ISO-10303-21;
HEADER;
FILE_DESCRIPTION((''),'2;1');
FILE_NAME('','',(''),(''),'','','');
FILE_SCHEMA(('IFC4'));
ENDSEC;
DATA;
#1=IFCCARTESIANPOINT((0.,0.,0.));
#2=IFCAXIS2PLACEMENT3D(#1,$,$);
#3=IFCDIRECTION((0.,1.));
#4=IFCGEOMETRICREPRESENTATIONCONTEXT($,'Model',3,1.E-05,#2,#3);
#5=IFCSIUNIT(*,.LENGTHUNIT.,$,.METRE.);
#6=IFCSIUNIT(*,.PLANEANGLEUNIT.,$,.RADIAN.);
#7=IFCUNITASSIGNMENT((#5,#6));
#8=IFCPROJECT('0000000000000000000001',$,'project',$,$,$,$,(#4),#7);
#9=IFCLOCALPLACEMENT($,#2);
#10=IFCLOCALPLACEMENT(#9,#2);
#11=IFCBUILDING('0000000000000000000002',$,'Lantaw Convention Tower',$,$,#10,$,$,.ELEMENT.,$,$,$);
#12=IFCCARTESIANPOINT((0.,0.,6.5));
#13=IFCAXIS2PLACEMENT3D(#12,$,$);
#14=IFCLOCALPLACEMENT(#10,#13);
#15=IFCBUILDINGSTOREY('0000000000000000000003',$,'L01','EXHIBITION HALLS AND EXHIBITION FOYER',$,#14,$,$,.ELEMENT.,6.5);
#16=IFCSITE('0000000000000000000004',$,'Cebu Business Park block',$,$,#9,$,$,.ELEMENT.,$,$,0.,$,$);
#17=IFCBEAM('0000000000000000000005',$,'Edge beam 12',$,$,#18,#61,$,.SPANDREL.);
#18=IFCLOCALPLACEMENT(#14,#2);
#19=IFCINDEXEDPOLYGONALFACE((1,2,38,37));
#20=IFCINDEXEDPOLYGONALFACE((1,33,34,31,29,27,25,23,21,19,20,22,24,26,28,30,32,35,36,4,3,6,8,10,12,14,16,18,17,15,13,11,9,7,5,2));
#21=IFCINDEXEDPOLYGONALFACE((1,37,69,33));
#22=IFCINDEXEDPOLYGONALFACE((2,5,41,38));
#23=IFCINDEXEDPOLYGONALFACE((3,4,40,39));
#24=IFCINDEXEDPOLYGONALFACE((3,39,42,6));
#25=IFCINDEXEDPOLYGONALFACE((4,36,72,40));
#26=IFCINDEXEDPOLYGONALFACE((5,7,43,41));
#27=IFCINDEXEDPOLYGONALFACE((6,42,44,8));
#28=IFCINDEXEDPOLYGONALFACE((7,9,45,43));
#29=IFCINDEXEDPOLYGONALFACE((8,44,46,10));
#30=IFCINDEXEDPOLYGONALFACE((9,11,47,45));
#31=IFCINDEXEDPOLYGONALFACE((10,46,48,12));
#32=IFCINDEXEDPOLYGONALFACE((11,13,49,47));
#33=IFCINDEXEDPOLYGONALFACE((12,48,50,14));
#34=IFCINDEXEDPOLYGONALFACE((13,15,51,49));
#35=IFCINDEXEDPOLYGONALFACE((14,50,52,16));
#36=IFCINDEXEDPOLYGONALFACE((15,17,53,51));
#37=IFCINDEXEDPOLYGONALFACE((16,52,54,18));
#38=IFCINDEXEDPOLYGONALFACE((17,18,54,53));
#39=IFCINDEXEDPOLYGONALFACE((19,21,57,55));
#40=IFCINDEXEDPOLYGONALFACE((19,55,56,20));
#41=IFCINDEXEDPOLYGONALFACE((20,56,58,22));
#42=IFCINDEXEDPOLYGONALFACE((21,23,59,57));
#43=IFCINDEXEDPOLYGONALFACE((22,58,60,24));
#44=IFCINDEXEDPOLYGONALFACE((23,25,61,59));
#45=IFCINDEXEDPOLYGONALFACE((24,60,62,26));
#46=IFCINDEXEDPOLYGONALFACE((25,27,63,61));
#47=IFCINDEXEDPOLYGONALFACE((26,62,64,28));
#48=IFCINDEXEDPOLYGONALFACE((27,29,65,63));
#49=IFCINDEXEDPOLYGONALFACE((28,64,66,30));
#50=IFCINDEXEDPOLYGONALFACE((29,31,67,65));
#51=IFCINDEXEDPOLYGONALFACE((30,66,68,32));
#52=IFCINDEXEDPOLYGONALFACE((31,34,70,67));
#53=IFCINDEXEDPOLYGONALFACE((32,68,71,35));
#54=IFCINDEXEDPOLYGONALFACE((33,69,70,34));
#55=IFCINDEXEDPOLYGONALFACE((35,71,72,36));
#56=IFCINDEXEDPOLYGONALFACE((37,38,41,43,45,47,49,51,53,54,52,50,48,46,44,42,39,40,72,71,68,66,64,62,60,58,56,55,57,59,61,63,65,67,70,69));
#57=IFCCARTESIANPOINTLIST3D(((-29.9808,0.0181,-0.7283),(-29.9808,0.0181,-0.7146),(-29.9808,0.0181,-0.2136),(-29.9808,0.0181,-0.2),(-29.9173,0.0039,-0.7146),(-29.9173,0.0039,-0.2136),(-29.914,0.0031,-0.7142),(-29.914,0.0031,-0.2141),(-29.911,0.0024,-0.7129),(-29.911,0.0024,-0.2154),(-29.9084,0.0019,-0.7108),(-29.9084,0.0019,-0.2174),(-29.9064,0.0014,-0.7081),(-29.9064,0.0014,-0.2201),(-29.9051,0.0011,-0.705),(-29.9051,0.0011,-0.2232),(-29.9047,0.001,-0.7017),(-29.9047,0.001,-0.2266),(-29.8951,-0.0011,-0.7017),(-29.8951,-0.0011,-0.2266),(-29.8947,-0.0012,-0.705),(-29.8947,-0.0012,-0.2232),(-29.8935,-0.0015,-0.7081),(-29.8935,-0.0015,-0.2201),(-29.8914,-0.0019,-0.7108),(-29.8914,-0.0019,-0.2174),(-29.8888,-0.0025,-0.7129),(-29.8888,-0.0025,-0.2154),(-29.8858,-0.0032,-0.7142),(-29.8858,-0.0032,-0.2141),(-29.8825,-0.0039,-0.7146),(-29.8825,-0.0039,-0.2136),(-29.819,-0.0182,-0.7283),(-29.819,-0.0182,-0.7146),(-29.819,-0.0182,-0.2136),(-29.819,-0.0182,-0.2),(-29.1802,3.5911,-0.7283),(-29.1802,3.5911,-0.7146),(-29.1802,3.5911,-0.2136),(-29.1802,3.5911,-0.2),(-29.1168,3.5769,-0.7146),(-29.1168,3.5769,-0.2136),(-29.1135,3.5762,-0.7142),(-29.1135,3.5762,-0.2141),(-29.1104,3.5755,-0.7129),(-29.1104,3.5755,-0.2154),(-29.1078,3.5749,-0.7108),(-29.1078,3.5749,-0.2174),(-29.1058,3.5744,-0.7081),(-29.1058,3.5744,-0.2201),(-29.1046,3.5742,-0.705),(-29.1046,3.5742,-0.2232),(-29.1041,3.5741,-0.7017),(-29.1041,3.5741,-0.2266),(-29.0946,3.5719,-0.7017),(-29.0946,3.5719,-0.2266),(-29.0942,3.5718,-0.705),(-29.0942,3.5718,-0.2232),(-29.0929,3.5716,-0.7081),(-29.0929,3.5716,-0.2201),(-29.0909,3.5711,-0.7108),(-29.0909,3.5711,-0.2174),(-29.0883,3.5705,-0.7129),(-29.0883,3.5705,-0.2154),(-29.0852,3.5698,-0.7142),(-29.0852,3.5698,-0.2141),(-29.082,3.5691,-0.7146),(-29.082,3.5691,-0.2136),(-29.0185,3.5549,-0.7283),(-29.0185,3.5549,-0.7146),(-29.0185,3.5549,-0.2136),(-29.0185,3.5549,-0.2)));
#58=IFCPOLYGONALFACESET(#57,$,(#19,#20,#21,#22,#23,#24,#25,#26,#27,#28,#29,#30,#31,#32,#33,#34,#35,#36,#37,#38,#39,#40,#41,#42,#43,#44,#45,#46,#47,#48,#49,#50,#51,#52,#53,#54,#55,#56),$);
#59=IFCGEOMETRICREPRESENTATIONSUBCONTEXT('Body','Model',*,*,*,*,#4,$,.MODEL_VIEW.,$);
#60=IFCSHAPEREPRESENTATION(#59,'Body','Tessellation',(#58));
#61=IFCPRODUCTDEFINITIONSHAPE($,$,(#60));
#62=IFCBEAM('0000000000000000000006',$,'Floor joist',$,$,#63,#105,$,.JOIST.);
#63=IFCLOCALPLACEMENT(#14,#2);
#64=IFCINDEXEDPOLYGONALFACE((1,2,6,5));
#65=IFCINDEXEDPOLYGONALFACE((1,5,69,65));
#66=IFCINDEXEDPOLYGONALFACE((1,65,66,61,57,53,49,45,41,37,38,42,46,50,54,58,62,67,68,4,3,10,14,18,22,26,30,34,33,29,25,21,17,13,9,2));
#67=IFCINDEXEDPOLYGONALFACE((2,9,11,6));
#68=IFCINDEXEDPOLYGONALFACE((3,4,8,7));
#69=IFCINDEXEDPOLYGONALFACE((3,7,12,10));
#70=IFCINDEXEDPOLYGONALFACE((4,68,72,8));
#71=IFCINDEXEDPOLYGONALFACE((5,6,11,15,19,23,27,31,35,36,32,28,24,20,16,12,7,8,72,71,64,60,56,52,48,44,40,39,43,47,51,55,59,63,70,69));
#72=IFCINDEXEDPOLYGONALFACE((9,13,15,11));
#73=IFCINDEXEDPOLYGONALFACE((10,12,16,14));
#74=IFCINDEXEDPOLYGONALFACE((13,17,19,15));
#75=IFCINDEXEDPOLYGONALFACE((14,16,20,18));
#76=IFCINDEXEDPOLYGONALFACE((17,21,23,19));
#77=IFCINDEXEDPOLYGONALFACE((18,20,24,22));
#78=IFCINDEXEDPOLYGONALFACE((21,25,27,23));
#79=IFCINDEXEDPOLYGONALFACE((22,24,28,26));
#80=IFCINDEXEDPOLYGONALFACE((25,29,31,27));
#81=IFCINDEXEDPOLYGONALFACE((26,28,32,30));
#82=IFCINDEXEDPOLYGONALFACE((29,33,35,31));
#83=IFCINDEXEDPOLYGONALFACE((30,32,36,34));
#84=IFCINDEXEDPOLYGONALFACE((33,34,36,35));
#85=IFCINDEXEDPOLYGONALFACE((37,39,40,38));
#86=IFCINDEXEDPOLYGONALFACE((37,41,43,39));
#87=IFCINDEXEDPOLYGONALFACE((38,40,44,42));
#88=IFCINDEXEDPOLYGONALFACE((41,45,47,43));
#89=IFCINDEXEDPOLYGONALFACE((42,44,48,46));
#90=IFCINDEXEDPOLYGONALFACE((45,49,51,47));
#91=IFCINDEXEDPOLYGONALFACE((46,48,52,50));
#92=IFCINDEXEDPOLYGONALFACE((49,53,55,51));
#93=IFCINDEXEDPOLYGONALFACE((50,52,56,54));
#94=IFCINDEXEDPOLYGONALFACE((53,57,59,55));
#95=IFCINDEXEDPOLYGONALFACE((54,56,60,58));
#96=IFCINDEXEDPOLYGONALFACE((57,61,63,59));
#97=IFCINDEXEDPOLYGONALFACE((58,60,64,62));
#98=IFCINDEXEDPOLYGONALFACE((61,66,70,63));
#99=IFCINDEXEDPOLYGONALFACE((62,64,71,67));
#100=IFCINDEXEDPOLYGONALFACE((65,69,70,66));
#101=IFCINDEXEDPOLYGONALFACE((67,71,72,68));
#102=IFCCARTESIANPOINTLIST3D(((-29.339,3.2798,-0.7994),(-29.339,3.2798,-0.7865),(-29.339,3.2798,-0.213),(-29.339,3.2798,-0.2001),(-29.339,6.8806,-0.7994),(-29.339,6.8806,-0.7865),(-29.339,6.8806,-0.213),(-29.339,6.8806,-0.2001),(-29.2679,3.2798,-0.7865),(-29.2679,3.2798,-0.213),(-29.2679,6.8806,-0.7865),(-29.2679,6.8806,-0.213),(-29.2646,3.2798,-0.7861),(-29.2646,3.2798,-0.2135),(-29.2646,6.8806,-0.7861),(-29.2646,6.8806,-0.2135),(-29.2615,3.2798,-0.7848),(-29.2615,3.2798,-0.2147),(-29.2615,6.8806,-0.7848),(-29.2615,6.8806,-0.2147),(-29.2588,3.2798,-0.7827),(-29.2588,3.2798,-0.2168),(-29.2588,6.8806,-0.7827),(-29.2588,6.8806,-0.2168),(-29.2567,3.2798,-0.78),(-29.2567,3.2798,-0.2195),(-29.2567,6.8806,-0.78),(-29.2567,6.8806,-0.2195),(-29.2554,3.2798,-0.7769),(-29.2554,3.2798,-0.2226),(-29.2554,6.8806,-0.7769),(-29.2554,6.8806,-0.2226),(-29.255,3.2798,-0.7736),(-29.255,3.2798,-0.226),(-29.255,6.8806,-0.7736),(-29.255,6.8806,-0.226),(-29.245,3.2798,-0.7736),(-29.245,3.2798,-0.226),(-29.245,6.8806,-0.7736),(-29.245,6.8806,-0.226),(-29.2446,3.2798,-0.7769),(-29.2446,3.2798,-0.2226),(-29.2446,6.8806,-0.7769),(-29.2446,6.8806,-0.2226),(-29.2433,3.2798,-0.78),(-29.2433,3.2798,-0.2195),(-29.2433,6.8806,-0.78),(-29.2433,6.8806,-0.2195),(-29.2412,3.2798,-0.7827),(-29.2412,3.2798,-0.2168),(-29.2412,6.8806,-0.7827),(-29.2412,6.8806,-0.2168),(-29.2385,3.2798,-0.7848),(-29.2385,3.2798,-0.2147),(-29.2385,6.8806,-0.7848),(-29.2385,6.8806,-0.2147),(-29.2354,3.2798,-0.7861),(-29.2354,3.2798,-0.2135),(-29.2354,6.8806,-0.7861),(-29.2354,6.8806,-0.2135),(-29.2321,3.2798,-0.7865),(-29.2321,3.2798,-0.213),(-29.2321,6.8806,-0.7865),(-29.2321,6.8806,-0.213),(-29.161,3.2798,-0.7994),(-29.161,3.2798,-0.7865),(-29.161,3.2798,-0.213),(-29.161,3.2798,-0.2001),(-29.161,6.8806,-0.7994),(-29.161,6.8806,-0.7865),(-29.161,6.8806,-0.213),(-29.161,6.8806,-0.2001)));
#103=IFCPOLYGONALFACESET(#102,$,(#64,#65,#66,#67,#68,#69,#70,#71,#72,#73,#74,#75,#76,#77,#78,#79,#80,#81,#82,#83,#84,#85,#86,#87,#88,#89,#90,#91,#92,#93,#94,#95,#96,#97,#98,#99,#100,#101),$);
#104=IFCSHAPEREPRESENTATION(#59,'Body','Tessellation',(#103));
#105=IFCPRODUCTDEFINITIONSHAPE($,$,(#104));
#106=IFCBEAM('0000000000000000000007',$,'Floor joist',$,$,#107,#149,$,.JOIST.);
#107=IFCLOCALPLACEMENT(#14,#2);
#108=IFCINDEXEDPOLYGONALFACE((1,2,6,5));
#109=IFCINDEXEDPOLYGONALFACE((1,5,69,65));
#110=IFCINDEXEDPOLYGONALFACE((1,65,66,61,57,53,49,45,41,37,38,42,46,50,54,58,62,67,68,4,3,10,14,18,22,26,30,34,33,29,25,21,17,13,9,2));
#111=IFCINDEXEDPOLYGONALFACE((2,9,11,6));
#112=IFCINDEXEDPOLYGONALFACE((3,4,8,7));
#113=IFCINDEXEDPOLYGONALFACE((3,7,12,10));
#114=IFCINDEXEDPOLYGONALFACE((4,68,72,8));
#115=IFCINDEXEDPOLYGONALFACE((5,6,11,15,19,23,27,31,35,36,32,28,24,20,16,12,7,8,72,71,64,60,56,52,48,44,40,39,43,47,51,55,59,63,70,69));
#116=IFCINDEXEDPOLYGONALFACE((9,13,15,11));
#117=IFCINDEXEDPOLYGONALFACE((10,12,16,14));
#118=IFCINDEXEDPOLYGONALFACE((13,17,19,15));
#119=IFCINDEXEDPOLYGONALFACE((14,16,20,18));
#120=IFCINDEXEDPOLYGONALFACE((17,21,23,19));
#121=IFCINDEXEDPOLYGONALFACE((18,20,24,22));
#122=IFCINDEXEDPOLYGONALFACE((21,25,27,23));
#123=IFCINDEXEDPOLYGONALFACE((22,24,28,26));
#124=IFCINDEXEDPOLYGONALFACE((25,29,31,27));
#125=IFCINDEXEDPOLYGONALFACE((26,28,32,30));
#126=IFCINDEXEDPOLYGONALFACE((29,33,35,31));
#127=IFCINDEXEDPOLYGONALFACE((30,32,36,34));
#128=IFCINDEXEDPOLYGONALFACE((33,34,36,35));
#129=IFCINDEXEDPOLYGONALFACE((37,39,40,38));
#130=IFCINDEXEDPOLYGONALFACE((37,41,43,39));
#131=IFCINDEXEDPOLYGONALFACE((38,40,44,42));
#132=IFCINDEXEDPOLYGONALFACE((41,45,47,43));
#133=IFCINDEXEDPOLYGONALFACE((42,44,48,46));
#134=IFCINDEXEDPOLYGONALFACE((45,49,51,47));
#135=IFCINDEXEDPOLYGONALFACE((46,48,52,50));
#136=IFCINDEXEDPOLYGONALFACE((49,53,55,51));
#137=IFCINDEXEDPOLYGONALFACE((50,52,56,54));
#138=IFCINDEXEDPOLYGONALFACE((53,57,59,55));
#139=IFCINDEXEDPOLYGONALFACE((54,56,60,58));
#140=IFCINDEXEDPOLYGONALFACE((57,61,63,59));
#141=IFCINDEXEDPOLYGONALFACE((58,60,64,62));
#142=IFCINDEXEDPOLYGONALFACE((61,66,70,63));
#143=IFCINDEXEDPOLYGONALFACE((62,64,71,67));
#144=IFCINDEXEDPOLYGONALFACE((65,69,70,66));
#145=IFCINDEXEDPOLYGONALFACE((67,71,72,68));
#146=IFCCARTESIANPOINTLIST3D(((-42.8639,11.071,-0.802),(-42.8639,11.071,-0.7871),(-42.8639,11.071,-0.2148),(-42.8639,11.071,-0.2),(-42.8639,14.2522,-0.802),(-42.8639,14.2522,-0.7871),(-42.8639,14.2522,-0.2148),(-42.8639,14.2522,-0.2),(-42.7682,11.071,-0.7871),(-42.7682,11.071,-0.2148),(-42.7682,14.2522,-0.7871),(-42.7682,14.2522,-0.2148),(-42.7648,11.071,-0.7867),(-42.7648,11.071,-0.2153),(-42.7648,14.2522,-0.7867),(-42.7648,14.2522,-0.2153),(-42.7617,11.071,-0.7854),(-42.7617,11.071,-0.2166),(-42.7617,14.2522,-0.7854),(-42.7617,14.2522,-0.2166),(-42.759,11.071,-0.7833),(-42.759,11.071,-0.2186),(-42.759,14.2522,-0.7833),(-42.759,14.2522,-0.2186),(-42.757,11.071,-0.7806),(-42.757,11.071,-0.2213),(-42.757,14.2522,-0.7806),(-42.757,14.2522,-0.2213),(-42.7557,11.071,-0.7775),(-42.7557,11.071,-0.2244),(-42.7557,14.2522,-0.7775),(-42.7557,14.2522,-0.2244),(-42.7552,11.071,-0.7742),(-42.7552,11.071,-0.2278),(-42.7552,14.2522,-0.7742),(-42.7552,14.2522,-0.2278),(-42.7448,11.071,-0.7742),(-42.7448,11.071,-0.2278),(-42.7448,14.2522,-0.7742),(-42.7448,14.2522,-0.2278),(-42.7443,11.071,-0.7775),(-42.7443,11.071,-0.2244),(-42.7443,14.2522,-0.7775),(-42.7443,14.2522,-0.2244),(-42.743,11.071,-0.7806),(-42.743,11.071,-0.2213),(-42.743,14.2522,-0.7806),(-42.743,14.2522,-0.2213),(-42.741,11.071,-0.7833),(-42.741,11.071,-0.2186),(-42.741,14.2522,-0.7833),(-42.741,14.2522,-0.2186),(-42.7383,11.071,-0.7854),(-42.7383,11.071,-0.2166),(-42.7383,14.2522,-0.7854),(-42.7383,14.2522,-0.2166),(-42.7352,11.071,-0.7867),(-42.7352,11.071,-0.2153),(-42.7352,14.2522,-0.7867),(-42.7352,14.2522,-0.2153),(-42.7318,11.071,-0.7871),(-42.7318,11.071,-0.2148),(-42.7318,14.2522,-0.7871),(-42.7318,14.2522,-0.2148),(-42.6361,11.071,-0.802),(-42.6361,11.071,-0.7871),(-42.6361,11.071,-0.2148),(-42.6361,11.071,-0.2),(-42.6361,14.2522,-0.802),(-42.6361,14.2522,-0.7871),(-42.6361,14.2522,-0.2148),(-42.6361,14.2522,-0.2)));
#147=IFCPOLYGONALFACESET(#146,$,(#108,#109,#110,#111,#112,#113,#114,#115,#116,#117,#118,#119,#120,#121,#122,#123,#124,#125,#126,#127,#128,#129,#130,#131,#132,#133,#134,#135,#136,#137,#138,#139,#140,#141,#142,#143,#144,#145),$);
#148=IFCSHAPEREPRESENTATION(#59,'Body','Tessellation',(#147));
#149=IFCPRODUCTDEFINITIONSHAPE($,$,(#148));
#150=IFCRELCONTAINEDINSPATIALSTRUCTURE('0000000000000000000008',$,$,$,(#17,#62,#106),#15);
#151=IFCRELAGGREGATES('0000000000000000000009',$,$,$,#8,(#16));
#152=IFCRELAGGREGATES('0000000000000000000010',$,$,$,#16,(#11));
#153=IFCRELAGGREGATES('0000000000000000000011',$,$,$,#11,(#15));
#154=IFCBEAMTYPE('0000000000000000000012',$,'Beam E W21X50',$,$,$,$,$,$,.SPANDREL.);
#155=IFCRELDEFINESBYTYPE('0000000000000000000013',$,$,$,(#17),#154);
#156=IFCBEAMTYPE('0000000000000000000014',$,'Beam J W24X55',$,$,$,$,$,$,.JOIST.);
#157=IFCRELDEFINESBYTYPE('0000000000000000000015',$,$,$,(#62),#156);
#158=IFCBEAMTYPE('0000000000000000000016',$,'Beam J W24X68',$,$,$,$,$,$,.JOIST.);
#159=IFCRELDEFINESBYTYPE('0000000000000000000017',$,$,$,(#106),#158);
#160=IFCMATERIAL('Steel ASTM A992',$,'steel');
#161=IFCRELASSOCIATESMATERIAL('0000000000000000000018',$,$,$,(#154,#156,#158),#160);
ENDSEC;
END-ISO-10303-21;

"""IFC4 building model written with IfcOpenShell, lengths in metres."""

from ifc_helpers import new_model, si_unit, direction, frame, origin, origin_2d, place, context, subcontext, project, spatial, i_section, extrude, material, material_profile, profile_set, type_object, element, save


model = new_model("IFC4")

# Units and contexts
model_context = context("Model", 3, precision=1e-05, world=origin(), true_north=direction((0.0, 1.0)))
body_context = subcontext(model_context, "Body", "Model", "MODEL_VIEW")
ifc_project = project(units=[si_unit("LENGTHUNIT", "METRE"), si_unit("PLANEANGLEUNIT", "RADIAN")], contexts=[model_context])

# Site, building, storey
site_placement = place(None, origin())
site = spatial("IfcSite", under=ifc_project, at=site_placement, Name="Cebu Business Park block", CompositionType="ELEMENT", RefElevation=0.0)
building_placement = place(site_placement, origin())
building = spatial("IfcBuilding", under=site, at=building_placement, Name="Lantaw Convention Tower", CompositionType="ELEMENT")
storey_placement = place(building_placement, frame((0.0, 0.0, 6.5)))
storey = spatial("IfcBuildingStorey", under=building, at=storey_placement, Name="L01", Description="EXHIBITION HALLS AND EXHIBITION FOYER", CompositionType="ELEMENT", Elevation=6.5)

# Beams
ifc_material_1 = material(Name="Steel ASTM A992", Category="steel")
ifc_material_profile_1 = material_profile(ifc_material_1, i_section(OverallWidth=0.1658, OverallDepth=0.5283, WebThickness=0.0098, FlangeThickness=0.0137, FilletRadius=0.0129, at=origin_2d()), Name="W21X50")
ifc_profile_set_1 = profile_set([ifc_material_profile_1], Name="Steel ASTM A992")
beam_type_1 = type_object("IfcBeamType", Name="Beam E W21X50", PredefinedType="SPANDREL", material=ifc_profile_set_1)
beam_1_placement = place(storey_placement, frame((-29.0994, 3.573, -0.4641), z_axis=(-0.218632, -0.975807, 0.0), x_axis=(0.975807, -0.218632, 0.0)))
element("IfcBeam", 1, at=beam_1_placement, inside=storey, type_object=beam_type_1, Name="Edge beam 12", PredefinedType="SPANDREL", context=body_context, shape_type="SweptSolid", body=[
    extrude(i_section(OverallWidth=0.1658, OverallDepth=0.5283, WebThickness=0.0098, FlangeThickness=0.0137, FilletRadius=0.0129, at=origin_2d()), origin(), (0.0, 0.0, 1.0), 3.6616),
])
ifc_material_profile_2 = material_profile(ifc_material_1, i_section(OverallWidth=0.178, OverallDepth=0.5994, WebThickness=0.01, FlangeThickness=0.0129, FilletRadius=0.0129, at=origin_2d()), Name="W24X55")
ifc_profile_set_2 = profile_set([ifc_material_profile_2], Name="Steel ASTM A992")
beam_type_2 = type_object("IfcBeamType", Name="Beam J W24X55", PredefinedType="JOIST", material=ifc_profile_set_2)
beam_2_placement = place(storey_placement, frame((-29.25, 3.2798, -0.4998), z_axis=(0.0, 1.0, 0.0), x_axis=(-1.0, 0.0, 0.0)))
element("IfcBeam", 2, at=beam_2_placement, inside=storey, type_object=beam_type_2, Name="Floor joist", PredefinedType="JOIST", context=body_context, shape_type="SweptSolid", body=[
    extrude(i_section(OverallWidth=0.178, OverallDepth=0.5994, WebThickness=0.01, FlangeThickness=0.0129, FilletRadius=0.0129, at=origin_2d()), origin(), (0.0, 0.0, 1.0), 3.6008),
])
ifc_material_profile_3 = material_profile(ifc_material_1, i_section(OverallWidth=0.2278, OverallDepth=0.6021, WebThickness=0.0105, FlangeThickness=0.0149, FilletRadius=0.0129, at=origin_2d()), Name="W24X68")
ifc_profile_set_3 = profile_set([ifc_material_profile_3], Name="Steel ASTM A992")
beam_type_3 = type_object("IfcBeamType", Name="Beam J W24X68", PredefinedType="JOIST", material=ifc_profile_set_3)
beam_3_placement = place(storey_placement, frame((-42.75, 11.071, -0.501), z_axis=(0.0, 1.0, 0.0), x_axis=(-1.0, 0.0, 0.0)))
element("IfcBeam", 3, at=beam_3_placement, inside=storey, type_object=beam_type_3, Name="Floor joist", PredefinedType="JOIST", context=body_context, shape_type="SweptSolid", body=[
    extrude(i_section(OverallWidth=0.2278, OverallDepth=0.6021, WebThickness=0.0105, FlangeThickness=0.0149, FilletRadius=0.0129, at=origin_2d()), origin(), (0.0, 0.0, 1.0), 3.1812),
])

save(model, "model.ifc")
